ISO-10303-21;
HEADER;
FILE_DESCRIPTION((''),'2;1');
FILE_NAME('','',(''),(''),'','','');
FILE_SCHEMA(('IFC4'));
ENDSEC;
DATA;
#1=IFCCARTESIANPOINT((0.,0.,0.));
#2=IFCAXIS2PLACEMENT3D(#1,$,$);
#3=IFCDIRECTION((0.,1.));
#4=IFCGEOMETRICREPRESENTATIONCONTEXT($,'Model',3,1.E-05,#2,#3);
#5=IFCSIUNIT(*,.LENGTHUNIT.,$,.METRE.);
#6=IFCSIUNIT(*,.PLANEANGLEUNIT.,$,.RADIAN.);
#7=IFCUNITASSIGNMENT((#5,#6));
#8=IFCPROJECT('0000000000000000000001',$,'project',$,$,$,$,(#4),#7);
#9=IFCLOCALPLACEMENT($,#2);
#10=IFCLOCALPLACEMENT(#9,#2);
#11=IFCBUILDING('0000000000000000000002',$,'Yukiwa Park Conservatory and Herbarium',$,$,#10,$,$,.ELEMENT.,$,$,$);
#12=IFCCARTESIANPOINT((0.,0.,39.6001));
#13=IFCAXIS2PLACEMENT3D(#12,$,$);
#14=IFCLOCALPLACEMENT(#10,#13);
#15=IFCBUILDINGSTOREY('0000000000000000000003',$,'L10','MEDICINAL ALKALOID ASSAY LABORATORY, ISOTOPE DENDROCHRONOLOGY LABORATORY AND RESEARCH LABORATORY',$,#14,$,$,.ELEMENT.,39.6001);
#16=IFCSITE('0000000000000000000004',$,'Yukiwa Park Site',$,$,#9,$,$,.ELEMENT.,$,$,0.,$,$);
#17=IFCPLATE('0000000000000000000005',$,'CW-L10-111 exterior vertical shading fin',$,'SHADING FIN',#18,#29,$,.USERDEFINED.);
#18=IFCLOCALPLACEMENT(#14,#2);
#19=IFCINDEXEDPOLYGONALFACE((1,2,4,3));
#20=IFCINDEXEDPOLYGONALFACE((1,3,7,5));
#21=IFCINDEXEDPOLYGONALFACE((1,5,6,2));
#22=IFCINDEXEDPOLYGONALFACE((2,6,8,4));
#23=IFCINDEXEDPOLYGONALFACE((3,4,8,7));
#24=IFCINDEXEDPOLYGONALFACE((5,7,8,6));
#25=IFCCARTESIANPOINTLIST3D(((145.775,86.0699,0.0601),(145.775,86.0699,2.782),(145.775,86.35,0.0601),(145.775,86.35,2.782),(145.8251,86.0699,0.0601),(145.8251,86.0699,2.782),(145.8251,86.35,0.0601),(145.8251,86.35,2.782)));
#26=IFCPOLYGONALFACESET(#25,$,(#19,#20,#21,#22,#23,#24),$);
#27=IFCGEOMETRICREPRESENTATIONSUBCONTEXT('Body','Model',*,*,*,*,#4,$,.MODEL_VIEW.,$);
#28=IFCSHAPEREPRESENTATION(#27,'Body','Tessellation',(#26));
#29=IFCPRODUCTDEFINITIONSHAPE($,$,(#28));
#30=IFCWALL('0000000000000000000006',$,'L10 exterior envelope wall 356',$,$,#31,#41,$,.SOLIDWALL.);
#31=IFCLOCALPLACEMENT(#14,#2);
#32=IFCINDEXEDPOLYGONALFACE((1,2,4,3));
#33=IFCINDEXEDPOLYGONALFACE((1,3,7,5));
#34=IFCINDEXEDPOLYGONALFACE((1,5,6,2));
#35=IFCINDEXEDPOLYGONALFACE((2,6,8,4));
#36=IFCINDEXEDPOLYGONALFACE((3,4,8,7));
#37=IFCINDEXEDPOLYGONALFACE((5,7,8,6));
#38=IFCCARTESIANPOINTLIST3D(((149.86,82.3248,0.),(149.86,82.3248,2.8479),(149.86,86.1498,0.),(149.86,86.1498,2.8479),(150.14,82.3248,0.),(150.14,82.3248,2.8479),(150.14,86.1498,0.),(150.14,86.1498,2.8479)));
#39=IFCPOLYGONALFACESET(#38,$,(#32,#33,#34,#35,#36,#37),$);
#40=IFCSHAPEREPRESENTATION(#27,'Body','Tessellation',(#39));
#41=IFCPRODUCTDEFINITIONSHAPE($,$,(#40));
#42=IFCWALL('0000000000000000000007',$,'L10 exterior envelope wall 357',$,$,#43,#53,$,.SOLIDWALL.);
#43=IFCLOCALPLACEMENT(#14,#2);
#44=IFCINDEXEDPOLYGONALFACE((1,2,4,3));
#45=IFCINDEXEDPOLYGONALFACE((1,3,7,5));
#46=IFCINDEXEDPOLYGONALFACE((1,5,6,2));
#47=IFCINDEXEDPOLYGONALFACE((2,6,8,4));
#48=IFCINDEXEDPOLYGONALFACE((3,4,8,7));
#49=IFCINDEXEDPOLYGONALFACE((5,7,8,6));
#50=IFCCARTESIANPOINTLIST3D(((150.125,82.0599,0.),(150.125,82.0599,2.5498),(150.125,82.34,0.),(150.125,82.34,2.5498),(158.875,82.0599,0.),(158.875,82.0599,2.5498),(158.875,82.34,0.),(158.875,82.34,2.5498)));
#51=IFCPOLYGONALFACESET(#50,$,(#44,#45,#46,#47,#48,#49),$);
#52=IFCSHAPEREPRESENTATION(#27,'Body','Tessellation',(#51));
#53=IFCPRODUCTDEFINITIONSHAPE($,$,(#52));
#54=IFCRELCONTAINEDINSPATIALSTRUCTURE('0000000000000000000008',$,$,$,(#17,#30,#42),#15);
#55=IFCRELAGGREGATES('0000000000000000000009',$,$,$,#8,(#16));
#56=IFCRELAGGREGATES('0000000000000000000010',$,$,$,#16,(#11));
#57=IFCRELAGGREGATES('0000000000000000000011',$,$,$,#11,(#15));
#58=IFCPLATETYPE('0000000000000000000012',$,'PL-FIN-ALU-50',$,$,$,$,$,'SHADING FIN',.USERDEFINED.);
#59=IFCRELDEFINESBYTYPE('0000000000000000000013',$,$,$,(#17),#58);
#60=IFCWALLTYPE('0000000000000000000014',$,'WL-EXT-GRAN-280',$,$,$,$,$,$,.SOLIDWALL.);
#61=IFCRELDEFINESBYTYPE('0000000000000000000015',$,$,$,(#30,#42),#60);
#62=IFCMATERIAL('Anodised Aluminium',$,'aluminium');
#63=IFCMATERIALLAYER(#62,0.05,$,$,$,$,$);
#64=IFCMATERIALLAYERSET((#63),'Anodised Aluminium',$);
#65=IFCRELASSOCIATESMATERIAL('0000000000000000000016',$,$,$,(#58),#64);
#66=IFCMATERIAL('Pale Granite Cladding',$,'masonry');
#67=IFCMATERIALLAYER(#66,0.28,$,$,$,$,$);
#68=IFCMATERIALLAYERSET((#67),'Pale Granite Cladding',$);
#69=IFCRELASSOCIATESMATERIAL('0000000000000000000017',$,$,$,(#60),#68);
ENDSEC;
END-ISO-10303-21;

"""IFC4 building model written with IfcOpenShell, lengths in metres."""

from ifc_helpers import new_model, si_unit, direction, frame, frame_2d, origin, origin_2d, place, context, subcontext, project, spatial, rectangle, extrude, material, layer, layer_set, type_object, element, save


model = new_model("IFC4")

# Units and contexts
model_context = context("Model", 3, precision=1e-05, world=origin(), true_north=direction((0.0, 1.0)))
body_context = subcontext(model_context, "Body", "Model", "MODEL_VIEW")
ifc_project = project(units=[si_unit("LENGTHUNIT", "METRE"), si_unit("PLANEANGLEUNIT", "RADIAN")], contexts=[model_context])

# Site, building, storey
site_placement = place(None, origin())
site = spatial("IfcSite", under=ifc_project, at=site_placement, Name="Yukiwa Park Site", CompositionType="ELEMENT", RefElevation=0.0)
building_placement = place(site_placement, origin())
building = spatial("IfcBuilding", under=site, at=building_placement, Name="Yukiwa Park Conservatory and Herbarium", CompositionType="ELEMENT")
storey_placement = place(building_placement, frame((0.0, 0.0, 39.6001)))
storey = spatial("IfcBuildingStorey", under=building, at=storey_placement, Name="L10", Description="MEDICINAL ALKALOID ASSAY LABORATORY, ISOTOPE DENDROCHRONOLOGY LABORATORY AND RESEARCH LABORATORY", CompositionType="ELEMENT", Elevation=39.6001)

# Plate
ifc_material_1 = material(Name="Anodised Aluminium", Category="aluminium")
ifc_layer_1 = layer(ifc_material_1, 0.05)
ifc_layer_set_1 = layer_set([ifc_layer_1], Name="Anodised Aluminium")
plate_type_1 = type_object("IfcPlateType", Name="PL-FIN-ALU-50", ElementType="SHADING FIN", PredefinedType="USERDEFINED", material=ifc_layer_set_1)
plate_1_placement = place(storey_placement, frame((145.8, 86.21, 0.0601), z_axis=(0.0, 0.0, 1.0), x_axis=(1.0, 0.0, 0.0)))
element("IfcPlate", 1, at=plate_1_placement, inside=storey, type_object=plate_type_1, Name="CW-L10-111 exterior vertical shading fin", ObjectType="SHADING FIN", PredefinedType="USERDEFINED", context=body_context, shape_type="SweptSolid", body=[
    extrude(rectangle(XDim=0.05, YDim=0.28, at=origin_2d()), origin(), (0.0, 0.0, 1.0), 2.7219),
])

# Walls
ifc_material_2 = material(Name="Pale Granite Cladding", Category="masonry")
ifc_layer_2 = layer(ifc_material_2, 0.28)
ifc_layer_set_2 = layer_set([ifc_layer_2], Name="Pale Granite Cladding")
wall_type = type_object("IfcWallType", Name="WL-EXT-GRAN-280", PredefinedType="SOLIDWALL", material=ifc_layer_set_2)
wall_1_placement = place(storey_placement, frame((150.0, 86.1499, 0.0), z_axis=(0.0, 0.0, 1.0), x_axis=(0.0, -1.0, 0.0)))
element("IfcWall", 2, at=wall_1_placement, inside=storey, type_object=wall_type, Name="L10 exterior envelope wall 356", PredefinedType="SOLIDWALL", context=body_context, shape_type="SweptSolid", body=[
    extrude(rectangle(XDim=3.825, YDim=0.28, at=frame_2d((1.9126, 0.0))), origin(), (0.0, 0.0, 1.0), 2.8479),
])
wall_2_placement = place(storey_placement, frame((150.125, 82.2, 0.0), z_axis=(0.0, 0.0, 1.0), x_axis=(1.0, 0.0, 0.0)))
element("IfcWall", 3, at=wall_2_placement, inside=storey, type_object=wall_type, Name="L10 exterior envelope wall 357", PredefinedType="SOLIDWALL", context=body_context, shape_type="SweptSolid", body=[
    extrude(rectangle(XDim=8.75, YDim=0.28, at=frame_2d((4.375, 0.0))), origin(), (0.0, 0.0, 1.0), 2.5498),
])

save(model, "model.ifc")
